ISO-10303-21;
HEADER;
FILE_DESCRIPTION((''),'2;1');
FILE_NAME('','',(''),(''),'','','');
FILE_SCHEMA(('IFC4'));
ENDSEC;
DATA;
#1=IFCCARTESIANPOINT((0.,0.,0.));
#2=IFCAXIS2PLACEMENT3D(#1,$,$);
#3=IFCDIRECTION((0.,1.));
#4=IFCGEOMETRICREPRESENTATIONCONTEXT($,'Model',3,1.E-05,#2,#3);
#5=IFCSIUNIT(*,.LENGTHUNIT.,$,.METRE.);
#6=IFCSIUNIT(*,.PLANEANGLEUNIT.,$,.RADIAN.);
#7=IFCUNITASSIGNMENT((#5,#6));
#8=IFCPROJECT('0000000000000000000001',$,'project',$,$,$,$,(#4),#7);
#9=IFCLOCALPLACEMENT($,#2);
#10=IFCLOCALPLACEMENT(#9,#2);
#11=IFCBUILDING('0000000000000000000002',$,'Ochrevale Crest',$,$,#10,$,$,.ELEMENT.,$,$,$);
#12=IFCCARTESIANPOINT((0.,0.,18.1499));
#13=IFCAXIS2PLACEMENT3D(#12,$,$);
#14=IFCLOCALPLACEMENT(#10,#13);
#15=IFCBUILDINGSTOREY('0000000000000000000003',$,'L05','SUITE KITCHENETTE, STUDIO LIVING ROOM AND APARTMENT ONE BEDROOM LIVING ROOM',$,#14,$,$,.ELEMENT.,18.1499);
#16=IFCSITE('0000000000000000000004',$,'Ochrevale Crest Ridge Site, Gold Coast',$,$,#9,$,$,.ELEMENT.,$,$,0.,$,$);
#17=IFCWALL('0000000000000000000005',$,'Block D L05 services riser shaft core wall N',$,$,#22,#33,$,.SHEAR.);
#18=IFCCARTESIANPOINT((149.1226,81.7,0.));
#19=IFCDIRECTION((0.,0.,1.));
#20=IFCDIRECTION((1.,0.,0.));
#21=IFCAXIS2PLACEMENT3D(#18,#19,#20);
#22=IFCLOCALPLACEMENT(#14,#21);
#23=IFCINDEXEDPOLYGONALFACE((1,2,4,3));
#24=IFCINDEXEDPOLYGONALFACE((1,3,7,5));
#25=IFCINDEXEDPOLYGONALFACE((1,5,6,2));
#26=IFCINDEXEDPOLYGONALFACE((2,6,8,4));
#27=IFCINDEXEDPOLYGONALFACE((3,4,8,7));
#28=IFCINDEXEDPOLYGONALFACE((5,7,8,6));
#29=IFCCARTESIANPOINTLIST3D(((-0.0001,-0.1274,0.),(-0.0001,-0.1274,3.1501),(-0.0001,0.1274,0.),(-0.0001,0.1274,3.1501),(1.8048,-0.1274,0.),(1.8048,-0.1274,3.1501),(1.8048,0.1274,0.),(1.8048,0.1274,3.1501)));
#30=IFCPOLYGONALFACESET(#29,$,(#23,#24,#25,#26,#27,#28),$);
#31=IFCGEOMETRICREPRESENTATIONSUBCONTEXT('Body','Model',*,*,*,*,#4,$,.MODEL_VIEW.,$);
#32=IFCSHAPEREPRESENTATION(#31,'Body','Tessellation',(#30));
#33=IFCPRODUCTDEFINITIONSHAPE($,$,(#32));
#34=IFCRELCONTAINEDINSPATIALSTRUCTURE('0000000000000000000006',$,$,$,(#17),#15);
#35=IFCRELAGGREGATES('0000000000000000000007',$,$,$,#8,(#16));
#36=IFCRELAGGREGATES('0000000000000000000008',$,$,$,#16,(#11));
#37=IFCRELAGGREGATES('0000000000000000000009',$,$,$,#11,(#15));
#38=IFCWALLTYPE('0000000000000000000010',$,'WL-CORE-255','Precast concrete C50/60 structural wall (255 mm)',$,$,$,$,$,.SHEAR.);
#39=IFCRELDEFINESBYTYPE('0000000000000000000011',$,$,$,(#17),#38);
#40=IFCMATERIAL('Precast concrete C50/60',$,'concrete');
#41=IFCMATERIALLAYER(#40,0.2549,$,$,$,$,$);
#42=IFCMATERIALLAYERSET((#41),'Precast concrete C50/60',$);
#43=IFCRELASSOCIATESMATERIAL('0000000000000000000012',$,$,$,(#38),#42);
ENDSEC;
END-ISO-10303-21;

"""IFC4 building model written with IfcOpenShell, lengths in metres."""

from ifc_helpers import new_model, si_unit, direction, frame, frame_2d, origin, place, context, subcontext, project, spatial, rectangle, extrude, material, layer, layer_set, type_object, element, save


model = new_model("IFC4")

# Units and contexts
model_context = context("Model", 3, precision=1e-05, world=origin(), true_north=direction((0.0, 1.0)))
body_context = subcontext(model_context, "Body", "Model", "MODEL_VIEW")
ifc_project = project(units=[si_unit("LENGTHUNIT", "METRE"), si_unit("PLANEANGLEUNIT", "RADIAN")], contexts=[model_context])

# Site, building, storey
site_placement = place(None, origin())
site = spatial("IfcSite", under=ifc_project, at=site_placement, Name="Ochrevale Crest Ridge Site, Gold Coast", CompositionType="ELEMENT", RefElevation=0.0)
building_placement = place(site_placement, origin())
building = spatial("IfcBuilding", under=site, at=building_placement, Name="Ochrevale Crest", CompositionType="ELEMENT")
storey_placement = place(building_placement, frame((0.0, 0.0, 18.1499)))
storey = spatial("IfcBuildingStorey", under=building, at=storey_placement, Name="L05", Description="SUITE KITCHENETTE, STUDIO LIVING ROOM AND APARTMENT ONE BEDROOM LIVING ROOM", CompositionType="ELEMENT", Elevation=18.1499)

# Shared definitions
ifc_material_1 = material(Name="Precast concrete C50/60", Category="concrete")

# Shared definitions
ifc_layer_1 = layer(ifc_material_1, 0.2549)
ifc_layer_set_1 = layer_set([ifc_layer_1], Name="Precast concrete C50/60")
wall_type_1 = type_object("IfcWallType", Name="WL-CORE-255", Description="Precast concrete C50/60 structural wall (255 mm)", PredefinedType="SHEAR", material=ifc_layer_set_1)

# Wall
wall_1_placement = place(storey_placement, frame((149.1226, 81.7, 0.0), z_axis=(0.0, 0.0, 1.0), x_axis=(1.0, 0.0, 0.0)))
element("IfcWall", 1, at=wall_1_placement, inside=storey, type_object=wall_type_1, Name="Block D L05 services riser shaft core wall N", PredefinedType="SHEAR", context=body_context, shape_type="SweptSolid", body=[
    extrude(rectangle(XDim=1.8049, YDim=0.2549, at=frame_2d((0.9023, 0.0))), origin(), (0.0, 0.0, 1.0), 3.1501),
])

save(model, "model.ifc")
